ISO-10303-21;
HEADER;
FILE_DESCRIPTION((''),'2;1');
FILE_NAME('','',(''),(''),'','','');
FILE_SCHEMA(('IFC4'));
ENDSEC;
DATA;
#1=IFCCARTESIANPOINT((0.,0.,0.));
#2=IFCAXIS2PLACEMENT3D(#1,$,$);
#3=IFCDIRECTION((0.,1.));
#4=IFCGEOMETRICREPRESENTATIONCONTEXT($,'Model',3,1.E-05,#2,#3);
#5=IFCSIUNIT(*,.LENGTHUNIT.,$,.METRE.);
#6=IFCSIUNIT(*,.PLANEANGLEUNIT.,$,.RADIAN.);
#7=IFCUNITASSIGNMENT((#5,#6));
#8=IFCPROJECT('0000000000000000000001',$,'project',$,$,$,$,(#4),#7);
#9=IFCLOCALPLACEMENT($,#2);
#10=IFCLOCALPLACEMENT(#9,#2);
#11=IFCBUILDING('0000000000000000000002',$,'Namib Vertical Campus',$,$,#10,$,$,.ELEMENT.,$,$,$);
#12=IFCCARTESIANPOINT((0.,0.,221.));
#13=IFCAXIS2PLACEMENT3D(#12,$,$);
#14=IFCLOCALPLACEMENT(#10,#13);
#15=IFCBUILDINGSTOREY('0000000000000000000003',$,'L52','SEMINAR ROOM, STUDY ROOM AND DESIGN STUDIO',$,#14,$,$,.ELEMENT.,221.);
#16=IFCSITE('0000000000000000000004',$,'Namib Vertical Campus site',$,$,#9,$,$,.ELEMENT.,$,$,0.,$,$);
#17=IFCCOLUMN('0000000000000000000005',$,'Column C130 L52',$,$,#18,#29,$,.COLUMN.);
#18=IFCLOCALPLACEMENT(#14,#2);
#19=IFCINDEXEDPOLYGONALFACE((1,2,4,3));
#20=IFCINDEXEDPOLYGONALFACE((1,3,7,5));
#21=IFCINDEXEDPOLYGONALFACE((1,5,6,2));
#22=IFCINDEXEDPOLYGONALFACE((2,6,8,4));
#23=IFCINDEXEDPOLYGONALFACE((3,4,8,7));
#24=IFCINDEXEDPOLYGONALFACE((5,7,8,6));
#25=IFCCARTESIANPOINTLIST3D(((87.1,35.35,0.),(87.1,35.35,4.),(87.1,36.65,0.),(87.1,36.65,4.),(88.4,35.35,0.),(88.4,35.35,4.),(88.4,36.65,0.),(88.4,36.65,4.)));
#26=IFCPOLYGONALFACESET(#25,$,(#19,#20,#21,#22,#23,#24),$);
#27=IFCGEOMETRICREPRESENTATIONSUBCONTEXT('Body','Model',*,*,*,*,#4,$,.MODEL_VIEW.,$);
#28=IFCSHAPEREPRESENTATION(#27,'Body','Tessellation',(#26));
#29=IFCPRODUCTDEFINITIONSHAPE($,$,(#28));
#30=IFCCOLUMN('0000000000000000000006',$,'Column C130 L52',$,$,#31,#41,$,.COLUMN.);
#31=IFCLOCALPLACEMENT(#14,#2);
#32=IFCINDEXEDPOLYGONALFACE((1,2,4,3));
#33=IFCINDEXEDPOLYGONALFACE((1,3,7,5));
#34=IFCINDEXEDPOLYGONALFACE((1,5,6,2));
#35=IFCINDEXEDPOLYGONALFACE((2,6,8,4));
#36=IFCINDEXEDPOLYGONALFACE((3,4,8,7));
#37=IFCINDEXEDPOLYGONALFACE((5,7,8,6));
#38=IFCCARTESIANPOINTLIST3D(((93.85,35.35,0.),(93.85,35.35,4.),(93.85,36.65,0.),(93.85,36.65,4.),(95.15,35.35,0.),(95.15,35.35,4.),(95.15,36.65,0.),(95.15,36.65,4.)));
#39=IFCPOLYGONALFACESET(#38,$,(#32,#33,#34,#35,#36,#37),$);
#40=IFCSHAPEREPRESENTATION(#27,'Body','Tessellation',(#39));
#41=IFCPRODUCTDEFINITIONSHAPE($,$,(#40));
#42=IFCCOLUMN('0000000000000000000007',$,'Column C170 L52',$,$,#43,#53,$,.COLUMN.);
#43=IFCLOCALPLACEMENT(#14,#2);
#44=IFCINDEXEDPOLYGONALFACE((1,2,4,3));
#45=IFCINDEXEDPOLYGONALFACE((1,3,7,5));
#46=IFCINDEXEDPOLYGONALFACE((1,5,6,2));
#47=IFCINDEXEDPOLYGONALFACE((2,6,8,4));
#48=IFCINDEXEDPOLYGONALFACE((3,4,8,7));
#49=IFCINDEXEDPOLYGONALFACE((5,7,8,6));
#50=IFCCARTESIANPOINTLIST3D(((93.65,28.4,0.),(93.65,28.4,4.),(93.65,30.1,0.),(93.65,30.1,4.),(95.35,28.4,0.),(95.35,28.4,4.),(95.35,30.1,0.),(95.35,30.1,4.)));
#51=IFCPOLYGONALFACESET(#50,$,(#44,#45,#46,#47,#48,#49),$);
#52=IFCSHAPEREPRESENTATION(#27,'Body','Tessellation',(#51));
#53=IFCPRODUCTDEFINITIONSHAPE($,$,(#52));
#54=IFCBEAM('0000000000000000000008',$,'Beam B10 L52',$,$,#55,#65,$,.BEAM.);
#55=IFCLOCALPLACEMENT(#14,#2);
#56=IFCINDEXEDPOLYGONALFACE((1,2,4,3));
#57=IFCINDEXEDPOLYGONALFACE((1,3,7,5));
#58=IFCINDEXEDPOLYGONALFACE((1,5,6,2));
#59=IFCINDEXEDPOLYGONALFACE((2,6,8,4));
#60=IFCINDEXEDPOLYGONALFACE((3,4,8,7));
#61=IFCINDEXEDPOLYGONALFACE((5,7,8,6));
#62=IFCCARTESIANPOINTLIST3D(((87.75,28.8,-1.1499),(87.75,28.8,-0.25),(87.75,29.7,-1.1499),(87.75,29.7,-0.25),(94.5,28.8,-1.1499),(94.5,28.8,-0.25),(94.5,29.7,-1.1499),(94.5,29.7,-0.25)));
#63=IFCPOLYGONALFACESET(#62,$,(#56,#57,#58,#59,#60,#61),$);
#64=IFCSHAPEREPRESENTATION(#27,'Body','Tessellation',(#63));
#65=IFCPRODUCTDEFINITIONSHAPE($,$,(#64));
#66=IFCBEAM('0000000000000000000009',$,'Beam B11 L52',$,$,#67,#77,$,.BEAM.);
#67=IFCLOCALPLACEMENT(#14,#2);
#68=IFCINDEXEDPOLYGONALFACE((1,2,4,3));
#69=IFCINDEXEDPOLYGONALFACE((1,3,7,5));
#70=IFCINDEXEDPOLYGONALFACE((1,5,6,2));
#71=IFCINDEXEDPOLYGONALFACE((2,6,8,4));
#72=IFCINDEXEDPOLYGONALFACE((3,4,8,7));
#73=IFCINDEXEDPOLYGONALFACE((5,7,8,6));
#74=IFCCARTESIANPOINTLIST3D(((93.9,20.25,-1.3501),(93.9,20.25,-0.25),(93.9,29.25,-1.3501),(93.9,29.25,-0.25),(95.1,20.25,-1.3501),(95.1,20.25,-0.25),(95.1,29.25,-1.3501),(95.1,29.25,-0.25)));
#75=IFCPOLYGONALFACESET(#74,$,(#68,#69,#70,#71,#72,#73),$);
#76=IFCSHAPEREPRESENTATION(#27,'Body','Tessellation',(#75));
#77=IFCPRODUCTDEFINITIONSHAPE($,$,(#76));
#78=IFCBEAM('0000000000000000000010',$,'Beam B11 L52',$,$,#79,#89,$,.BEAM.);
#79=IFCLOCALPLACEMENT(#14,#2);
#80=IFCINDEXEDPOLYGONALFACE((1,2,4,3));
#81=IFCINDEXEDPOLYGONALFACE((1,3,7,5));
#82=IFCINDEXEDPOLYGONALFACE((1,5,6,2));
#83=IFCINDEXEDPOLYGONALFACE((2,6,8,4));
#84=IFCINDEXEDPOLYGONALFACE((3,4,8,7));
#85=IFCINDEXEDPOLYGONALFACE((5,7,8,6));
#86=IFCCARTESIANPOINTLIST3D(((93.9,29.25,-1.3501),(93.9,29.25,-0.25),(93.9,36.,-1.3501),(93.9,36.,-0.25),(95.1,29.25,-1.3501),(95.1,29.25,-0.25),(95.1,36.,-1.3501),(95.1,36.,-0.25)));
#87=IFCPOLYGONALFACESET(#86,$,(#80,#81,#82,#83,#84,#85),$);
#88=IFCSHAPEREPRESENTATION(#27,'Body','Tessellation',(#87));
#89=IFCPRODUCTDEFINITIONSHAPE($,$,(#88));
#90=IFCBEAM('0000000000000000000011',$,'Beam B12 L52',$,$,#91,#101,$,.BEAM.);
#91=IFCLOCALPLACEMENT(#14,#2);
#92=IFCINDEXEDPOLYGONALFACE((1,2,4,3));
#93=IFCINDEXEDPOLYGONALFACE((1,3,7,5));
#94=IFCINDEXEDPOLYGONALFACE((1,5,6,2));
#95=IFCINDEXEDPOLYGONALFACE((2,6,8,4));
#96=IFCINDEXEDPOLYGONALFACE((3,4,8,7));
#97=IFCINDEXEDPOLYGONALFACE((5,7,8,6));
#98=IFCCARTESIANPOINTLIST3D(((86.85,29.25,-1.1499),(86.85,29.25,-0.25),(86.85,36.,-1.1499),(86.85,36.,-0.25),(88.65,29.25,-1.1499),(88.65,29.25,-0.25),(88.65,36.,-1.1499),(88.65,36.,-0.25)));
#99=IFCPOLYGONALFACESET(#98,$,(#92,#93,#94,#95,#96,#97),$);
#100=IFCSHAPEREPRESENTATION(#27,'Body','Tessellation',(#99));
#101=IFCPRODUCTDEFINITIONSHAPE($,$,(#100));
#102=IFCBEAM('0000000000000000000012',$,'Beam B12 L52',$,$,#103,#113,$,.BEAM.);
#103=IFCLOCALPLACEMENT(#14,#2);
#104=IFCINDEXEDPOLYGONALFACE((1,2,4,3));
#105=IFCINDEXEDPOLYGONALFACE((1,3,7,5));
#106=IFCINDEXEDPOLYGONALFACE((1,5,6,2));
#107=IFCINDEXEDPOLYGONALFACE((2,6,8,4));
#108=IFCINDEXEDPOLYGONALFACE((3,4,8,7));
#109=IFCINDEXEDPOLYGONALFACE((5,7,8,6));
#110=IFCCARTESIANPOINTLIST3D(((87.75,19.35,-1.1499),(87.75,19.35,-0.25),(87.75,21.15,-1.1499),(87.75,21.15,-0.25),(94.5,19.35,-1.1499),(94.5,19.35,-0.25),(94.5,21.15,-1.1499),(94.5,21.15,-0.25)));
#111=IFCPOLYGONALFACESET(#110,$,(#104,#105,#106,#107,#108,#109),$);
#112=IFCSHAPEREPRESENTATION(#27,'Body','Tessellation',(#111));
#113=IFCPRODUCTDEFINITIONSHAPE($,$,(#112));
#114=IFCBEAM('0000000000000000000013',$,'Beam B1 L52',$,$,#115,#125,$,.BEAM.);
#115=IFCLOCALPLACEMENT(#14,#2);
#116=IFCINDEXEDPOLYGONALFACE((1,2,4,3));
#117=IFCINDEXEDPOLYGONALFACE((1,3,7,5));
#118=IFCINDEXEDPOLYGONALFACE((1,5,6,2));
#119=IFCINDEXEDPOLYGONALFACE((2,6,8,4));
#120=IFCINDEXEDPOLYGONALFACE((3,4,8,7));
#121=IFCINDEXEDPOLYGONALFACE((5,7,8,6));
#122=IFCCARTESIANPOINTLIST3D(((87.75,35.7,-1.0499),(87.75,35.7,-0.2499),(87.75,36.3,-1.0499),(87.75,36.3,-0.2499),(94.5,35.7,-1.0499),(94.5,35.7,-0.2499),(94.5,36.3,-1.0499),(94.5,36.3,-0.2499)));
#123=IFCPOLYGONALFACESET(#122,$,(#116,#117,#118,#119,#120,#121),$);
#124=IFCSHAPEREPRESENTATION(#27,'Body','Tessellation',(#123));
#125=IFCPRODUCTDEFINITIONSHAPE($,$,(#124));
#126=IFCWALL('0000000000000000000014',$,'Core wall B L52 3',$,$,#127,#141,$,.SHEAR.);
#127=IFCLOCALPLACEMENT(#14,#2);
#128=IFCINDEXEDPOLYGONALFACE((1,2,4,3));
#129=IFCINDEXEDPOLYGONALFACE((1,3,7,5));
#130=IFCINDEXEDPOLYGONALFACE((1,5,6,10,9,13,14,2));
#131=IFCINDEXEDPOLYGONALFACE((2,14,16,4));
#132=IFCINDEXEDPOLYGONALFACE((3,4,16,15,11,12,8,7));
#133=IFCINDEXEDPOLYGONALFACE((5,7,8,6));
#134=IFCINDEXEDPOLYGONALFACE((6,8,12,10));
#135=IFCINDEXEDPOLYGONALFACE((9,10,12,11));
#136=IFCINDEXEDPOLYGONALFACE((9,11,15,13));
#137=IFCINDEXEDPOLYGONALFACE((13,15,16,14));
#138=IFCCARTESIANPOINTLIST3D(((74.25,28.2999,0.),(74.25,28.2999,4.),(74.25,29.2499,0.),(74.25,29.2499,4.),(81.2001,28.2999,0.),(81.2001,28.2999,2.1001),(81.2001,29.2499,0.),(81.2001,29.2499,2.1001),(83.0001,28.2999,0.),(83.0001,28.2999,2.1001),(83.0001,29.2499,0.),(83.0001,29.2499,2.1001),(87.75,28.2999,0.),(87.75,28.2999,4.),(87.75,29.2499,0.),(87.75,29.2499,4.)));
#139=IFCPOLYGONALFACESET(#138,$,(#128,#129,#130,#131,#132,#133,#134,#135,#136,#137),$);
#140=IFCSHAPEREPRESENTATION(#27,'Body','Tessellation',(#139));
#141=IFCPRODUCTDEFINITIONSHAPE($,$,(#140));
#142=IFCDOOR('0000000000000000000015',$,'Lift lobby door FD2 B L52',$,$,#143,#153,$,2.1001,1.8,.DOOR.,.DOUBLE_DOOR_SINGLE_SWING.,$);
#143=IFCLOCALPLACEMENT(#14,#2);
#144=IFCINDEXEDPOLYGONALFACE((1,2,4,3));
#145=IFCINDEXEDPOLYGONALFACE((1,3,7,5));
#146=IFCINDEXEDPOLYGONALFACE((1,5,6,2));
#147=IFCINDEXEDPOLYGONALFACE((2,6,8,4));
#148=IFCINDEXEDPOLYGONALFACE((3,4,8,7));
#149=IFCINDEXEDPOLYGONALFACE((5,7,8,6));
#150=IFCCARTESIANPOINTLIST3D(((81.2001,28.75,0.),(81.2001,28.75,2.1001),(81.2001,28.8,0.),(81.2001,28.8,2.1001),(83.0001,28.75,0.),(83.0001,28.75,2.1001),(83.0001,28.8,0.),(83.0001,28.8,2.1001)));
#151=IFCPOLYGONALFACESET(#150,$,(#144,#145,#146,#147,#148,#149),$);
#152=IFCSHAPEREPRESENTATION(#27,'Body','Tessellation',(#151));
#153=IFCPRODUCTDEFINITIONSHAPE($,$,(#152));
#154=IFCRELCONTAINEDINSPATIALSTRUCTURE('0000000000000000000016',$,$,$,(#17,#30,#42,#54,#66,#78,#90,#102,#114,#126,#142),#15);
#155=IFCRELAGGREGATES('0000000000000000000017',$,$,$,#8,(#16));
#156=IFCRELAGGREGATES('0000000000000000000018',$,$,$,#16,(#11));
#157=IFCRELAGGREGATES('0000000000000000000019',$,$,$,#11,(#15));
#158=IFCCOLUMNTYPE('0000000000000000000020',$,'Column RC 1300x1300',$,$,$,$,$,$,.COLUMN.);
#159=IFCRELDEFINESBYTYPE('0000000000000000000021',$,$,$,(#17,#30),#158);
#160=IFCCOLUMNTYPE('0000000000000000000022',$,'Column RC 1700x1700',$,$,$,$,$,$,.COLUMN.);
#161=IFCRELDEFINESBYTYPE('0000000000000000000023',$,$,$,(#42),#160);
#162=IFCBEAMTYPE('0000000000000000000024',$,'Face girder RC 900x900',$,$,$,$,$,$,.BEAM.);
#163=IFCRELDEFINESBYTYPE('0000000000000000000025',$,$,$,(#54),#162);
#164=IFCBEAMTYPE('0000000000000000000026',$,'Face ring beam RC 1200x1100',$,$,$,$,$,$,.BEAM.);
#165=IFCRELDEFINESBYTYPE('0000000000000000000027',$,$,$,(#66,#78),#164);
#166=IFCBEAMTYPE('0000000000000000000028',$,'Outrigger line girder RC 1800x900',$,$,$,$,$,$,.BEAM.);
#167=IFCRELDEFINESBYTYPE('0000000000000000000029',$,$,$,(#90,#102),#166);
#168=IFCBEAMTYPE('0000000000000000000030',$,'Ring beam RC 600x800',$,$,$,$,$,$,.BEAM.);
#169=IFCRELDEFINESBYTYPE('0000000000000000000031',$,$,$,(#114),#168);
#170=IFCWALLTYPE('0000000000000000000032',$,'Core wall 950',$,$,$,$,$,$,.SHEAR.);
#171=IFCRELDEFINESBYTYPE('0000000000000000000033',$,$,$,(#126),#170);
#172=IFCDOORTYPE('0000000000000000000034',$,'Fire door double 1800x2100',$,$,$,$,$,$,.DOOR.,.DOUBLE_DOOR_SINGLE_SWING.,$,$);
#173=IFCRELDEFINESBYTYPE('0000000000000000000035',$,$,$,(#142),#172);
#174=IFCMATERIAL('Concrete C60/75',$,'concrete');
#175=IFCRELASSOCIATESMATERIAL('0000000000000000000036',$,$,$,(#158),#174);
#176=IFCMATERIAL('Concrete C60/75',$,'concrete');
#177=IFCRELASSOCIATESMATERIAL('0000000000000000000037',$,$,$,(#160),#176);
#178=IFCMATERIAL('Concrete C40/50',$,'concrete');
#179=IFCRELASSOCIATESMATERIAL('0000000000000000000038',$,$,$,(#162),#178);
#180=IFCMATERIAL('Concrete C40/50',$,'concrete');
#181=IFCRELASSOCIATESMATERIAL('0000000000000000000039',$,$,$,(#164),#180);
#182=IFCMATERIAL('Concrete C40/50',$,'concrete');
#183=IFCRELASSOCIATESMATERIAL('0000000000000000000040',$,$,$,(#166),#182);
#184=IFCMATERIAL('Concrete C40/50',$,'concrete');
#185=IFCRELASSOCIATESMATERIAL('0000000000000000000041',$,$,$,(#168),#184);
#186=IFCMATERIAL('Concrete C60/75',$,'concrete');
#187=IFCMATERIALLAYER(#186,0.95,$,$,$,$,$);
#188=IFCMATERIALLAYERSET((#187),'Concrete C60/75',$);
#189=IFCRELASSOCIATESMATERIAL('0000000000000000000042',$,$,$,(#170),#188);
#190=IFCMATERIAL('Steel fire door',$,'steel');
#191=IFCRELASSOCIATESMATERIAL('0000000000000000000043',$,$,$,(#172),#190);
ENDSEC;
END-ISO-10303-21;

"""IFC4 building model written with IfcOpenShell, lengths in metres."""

from ifc_helpers import new_model, si_unit, direction, frame, frame_2d, origin, origin_2d, place, context, subcontext, project, spatial, rectangle, extrude, material, layer, layer_set, material_profile, profile_set, type_object, element, fill, save


model = new_model("IFC4")

# Units and contexts
model_context = context("Model", 3, precision=1e-05, world=origin(), true_north=direction((0.0, 1.0)))
body_context = subcontext(model_context, "Body", "Model", "MODEL_VIEW")
ifc_project = project(units=[si_unit("LENGTHUNIT", "METRE"), si_unit("PLANEANGLEUNIT", "RADIAN")], contexts=[model_context])

# Site, building, storey
site_placement = place(None, origin())
site = spatial("IfcSite", under=ifc_project, at=site_placement, Name="Namib Vertical Campus site", CompositionType="ELEMENT", RefElevation=0.0)
building_placement = place(site_placement, origin())
building = spatial("IfcBuilding", under=site, at=building_placement, Name="Namib Vertical Campus", CompositionType="ELEMENT")
storey_placement = place(building_placement, frame((0.0, 0.0, 221.0)))
storey = spatial("IfcBuildingStorey", under=building, at=storey_placement, Name="L52", Description="SEMINAR ROOM, STUDY ROOM AND DESIGN STUDIO", CompositionType="ELEMENT", Elevation=221.0)

# Columns
ifc_material_1 = material(Name="Concrete C60/75", Category="concrete")
ifc_material_profile_1 = material_profile(ifc_material_1, rectangle(XDim=1.3, YDim=1.3, at=origin_2d()))
ifc_profile_set_1 = profile_set([ifc_material_profile_1], Name="Concrete C60/75")
column_type_1 = type_object("IfcColumnType", Name="Column RC 1300x1300", PredefinedType="COLUMN", material=ifc_profile_set_1)
for number, where, z_axis, x_axis, name in (
    (1, (87.75, 36.0, 0.0), (0.0, 0.0, 1.0), (1.0, 0.0, 0.0), "Column C130 L52"),
    (2, (94.5, 36.0, 0.0), (0.0, 0.0, 1.0), (1.0, 0.0, 0.0), "Column C130 L52"),
):
    element("IfcColumn", number, at=place(storey_placement, frame(where, z_axis=z_axis, x_axis=x_axis)), inside=storey, type_object=column_type_1, Name=name, PredefinedType="COLUMN", context=body_context, shape_type="SweptSolid", body=[
        extrude(rectangle(XDim=1.3, YDim=1.3, at=origin_2d()), origin(), (0.0, 0.0, 1.0), 4.0),
    ])
ifc_material_2 = material(Name="Concrete C60/75", Category="concrete")
ifc_material_profile_2 = material_profile(ifc_material_2, rectangle(XDim=1.7, YDim=1.7, at=origin_2d()))
ifc_profile_set_2 = profile_set([ifc_material_profile_2], Name="Concrete C60/75")
column_type_2 = type_object("IfcColumnType", Name="Column RC 1700x1700", PredefinedType="COLUMN", material=ifc_profile_set_2)
column_placement = place(storey_placement, frame((94.5, 29.25, 0.0), z_axis=(0.0, 0.0, 1.0), x_axis=(1.0, 0.0, 0.0)))
element("IfcColumn", 3, at=column_placement, inside=storey, type_object=column_type_2, Name="Column C170 L52", PredefinedType="COLUMN", context=body_context, shape_type="SweptSolid", body=[
    extrude(rectangle(XDim=1.7, YDim=1.7, at=origin_2d()), origin(), (0.0, 0.0, 1.0), 4.0),
])

# Beams
ifc_material_3 = material(Name="Concrete C40/50", Category="concrete")
ifc_material_profile_3 = material_profile(ifc_material_3, rectangle(XDim=0.8999, YDim=0.8999, at=origin_2d()))
ifc_profile_set_3 = profile_set([ifc_material_profile_3], Name="Concrete C40/50")
beam_type_1 = type_object("IfcBeamType", Name="Face girder RC 900x900", PredefinedType="BEAM", material=ifc_profile_set_3)
beam_1_placement = place(storey_placement, frame((94.5, 29.25, -0.7), z_axis=(-1.0, 0.0, 0.0), x_axis=(0.0, -1.0, 0.0)))
element("IfcBeam", 4, at=beam_1_placement, inside=storey, type_object=beam_type_1, Name="Beam B10 L52", PredefinedType="BEAM", context=body_context, shape_type="SweptSolid", body=[
    extrude(rectangle(XDim=0.8999, YDim=0.8999, at=origin_2d()), origin(), (0.0, 0.0, 1.0), 6.75),
])
ifc_material_4 = material(Name="Concrete C40/50", Category="concrete")
ifc_material_profile_4 = material_profile(ifc_material_4, rectangle(XDim=1.2, YDim=1.1001, at=origin_2d()))
ifc_profile_set_4 = profile_set([ifc_material_profile_4], Name="Concrete C40/50")
beam_type_2 = type_object("IfcBeamType", Name="Face ring beam RC 1200x1100", PredefinedType="BEAM", material=ifc_profile_set_4)
beam_2_placement = place(storey_placement, frame((94.5, 20.25, -0.8), z_axis=(0.0, 1.0, 0.0), x_axis=(-1.0, 0.0, 0.0)))
element("IfcBeam", 5, at=beam_2_placement, inside=storey, type_object=beam_type_2, Name="Beam B11 L52", PredefinedType="BEAM", context=body_context, shape_type="SweptSolid", body=[
    extrude(rectangle(XDim=1.2, YDim=1.1001, at=origin_2d()), origin(), (0.0, 0.0, 1.0), 9.0),
])
beam_3_placement = place(storey_placement, frame((94.5, 29.25, -0.8), z_axis=(0.0, 1.0, 0.0), x_axis=(-1.0, 0.0, 0.0)))
element("IfcBeam", 6, at=beam_3_placement, inside=storey, type_object=beam_type_2, Name="Beam B11 L52", PredefinedType="BEAM", context=body_context, shape_type="SweptSolid", body=[
    extrude(rectangle(XDim=1.2, YDim=1.1001, at=origin_2d()), origin(), (0.0, 0.0, 1.0), 6.75),
])
ifc_material_5 = material(Name="Concrete C40/50", Category="concrete")
ifc_material_profile_5 = material_profile(ifc_material_5, rectangle(XDim=1.8, YDim=0.8999, at=origin_2d()))
ifc_profile_set_5 = profile_set([ifc_material_profile_5], Name="Concrete C40/50")
beam_type_3 = type_object("IfcBeamType", Name="Outrigger line girder RC 1800x900", PredefinedType="BEAM", material=ifc_profile_set_5)
for number, where, z_axis, x_axis, name in (
    (7, (87.75, 36.0, -0.7), (0.0, -1.0, 0.0), (1.0, 0.0, 0.0), "Beam B12 L52"),
    (8, (94.5, 20.25, -0.7), (-1.0, 0.0, 0.0), (0.0, -1.0, 0.0), "Beam B12 L52"),
):
    element("IfcBeam", number, at=place(storey_placement, frame(where, z_axis=z_axis, x_axis=x_axis)), inside=storey, type_object=beam_type_3, Name=name, PredefinedType="BEAM", context=body_context, shape_type="SweptSolid", body=[
        extrude(rectangle(XDim=1.8, YDim=0.8999, at=origin_2d()), origin(), (0.0, 0.0, 1.0), 6.75),
    ])
ifc_material_6 = material(Name="Concrete C40/50", Category="concrete")
ifc_material_profile_6 = material_profile(ifc_material_6, rectangle(XDim=0.6001, YDim=0.8, at=origin_2d()))
ifc_profile_set_6 = profile_set([ifc_material_profile_6], Name="Concrete C40/50")
beam_type_4 = type_object("IfcBeamType", Name="Ring beam RC 600x800", PredefinedType="BEAM", material=ifc_profile_set_6)
beam_4_placement = place(storey_placement, frame((87.75, 36.0, -0.6499), z_axis=(1.0, 0.0, 0.0), x_axis=(0.0, 1.0, 0.0)))
element("IfcBeam", 9, at=beam_4_placement, inside=storey, type_object=beam_type_4, Name="Beam B1 L52", PredefinedType="BEAM", context=body_context, shape_type="SweptSolid", body=[
    extrude(rectangle(XDim=0.6001, YDim=0.8, at=origin_2d()), origin(), (0.0, 0.0, 1.0), 6.75),
])

# Wall, opening, door
ifc_material_7 = material(Name="Concrete C60/75", Category="concrete")
ifc_layer_1 = layer(ifc_material_7, 0.95)
ifc_layer_set_1 = layer_set([ifc_layer_1], Name="Concrete C60/75")
wall_type_1 = type_object("IfcWallType", Name="Core wall 950", PredefinedType="SHEAR", material=ifc_layer_set_1)
wall_1_placement = place(storey_placement, frame((87.75, 28.7749, 0.0), z_axis=(0.0, 0.0, 1.0), x_axis=(-1.0, 0.0, 0.0)))
wall_1 = element("IfcWall", 10, at=wall_1_placement, inside=storey, type_object=wall_type_1, Name="Core wall B L52 3", PredefinedType="SHEAR", context=body_context, shape_type="SweptSolid", body=[
    extrude(rectangle(XDim=13.5, YDim=0.95, at=frame_2d((6.75, 0.0))), origin(), (0.0, 0.0, 1.0), 4.0),
])
opening_1_placement = place(wall_1_placement, frame((4.75, 0.0, 0.0)))
opening_1 = element("IfcOpeningElement", 11, at=opening_1_placement, cuts=wall_1, PredefinedType="OPENING", context=body_context, shape_type="SweptSolid", body=[
    extrude(rectangle(XDim=1.8, YDim=2.1001, at=frame_2d((0.8999, 1.05))), frame((0.0, 0.4849, 0.0), z_axis=(0.0, -1.0, 0.0), x_axis=(1.0, 0.0, 0.0)), (0.0, 0.0, 1.0), 0.97),
])
ifc_material_8 = material(Name="Steel fire door", Category="steel")
door_type_1 = type_object("IfcDoorType", Name="Fire door double 1800x2100", OperationType="DOUBLE_DOOR_SINGLE_SWING", PredefinedType="DOOR", material=ifc_material_8)
door_1_placement = place(opening_1_placement, origin())
door_1 = element("IfcDoor", 12, at=door_1_placement, inside=storey, type_object=door_type_1, Name="Lift lobby door FD2 B L52", OperationType="DOUBLE_DOOR_SINGLE_SWING", OverallHeight=2.1001, OverallWidth=1.8, PredefinedType="DOOR", context=body_context, shape_type="SweptSolid", body=[
    extrude(rectangle(XDim=1.8, YDim=2.1001, at=frame_2d((0.8999, 1.05))), frame((0.0, 0.0249, 0.0), z_axis=(0.0, -1.0, 0.0), x_axis=(1.0, 0.0, 0.0)), (0.0, 0.0, 1.0), 0.05),
])
fill(opening_1, door_1)

save(model, "model.ifc")
